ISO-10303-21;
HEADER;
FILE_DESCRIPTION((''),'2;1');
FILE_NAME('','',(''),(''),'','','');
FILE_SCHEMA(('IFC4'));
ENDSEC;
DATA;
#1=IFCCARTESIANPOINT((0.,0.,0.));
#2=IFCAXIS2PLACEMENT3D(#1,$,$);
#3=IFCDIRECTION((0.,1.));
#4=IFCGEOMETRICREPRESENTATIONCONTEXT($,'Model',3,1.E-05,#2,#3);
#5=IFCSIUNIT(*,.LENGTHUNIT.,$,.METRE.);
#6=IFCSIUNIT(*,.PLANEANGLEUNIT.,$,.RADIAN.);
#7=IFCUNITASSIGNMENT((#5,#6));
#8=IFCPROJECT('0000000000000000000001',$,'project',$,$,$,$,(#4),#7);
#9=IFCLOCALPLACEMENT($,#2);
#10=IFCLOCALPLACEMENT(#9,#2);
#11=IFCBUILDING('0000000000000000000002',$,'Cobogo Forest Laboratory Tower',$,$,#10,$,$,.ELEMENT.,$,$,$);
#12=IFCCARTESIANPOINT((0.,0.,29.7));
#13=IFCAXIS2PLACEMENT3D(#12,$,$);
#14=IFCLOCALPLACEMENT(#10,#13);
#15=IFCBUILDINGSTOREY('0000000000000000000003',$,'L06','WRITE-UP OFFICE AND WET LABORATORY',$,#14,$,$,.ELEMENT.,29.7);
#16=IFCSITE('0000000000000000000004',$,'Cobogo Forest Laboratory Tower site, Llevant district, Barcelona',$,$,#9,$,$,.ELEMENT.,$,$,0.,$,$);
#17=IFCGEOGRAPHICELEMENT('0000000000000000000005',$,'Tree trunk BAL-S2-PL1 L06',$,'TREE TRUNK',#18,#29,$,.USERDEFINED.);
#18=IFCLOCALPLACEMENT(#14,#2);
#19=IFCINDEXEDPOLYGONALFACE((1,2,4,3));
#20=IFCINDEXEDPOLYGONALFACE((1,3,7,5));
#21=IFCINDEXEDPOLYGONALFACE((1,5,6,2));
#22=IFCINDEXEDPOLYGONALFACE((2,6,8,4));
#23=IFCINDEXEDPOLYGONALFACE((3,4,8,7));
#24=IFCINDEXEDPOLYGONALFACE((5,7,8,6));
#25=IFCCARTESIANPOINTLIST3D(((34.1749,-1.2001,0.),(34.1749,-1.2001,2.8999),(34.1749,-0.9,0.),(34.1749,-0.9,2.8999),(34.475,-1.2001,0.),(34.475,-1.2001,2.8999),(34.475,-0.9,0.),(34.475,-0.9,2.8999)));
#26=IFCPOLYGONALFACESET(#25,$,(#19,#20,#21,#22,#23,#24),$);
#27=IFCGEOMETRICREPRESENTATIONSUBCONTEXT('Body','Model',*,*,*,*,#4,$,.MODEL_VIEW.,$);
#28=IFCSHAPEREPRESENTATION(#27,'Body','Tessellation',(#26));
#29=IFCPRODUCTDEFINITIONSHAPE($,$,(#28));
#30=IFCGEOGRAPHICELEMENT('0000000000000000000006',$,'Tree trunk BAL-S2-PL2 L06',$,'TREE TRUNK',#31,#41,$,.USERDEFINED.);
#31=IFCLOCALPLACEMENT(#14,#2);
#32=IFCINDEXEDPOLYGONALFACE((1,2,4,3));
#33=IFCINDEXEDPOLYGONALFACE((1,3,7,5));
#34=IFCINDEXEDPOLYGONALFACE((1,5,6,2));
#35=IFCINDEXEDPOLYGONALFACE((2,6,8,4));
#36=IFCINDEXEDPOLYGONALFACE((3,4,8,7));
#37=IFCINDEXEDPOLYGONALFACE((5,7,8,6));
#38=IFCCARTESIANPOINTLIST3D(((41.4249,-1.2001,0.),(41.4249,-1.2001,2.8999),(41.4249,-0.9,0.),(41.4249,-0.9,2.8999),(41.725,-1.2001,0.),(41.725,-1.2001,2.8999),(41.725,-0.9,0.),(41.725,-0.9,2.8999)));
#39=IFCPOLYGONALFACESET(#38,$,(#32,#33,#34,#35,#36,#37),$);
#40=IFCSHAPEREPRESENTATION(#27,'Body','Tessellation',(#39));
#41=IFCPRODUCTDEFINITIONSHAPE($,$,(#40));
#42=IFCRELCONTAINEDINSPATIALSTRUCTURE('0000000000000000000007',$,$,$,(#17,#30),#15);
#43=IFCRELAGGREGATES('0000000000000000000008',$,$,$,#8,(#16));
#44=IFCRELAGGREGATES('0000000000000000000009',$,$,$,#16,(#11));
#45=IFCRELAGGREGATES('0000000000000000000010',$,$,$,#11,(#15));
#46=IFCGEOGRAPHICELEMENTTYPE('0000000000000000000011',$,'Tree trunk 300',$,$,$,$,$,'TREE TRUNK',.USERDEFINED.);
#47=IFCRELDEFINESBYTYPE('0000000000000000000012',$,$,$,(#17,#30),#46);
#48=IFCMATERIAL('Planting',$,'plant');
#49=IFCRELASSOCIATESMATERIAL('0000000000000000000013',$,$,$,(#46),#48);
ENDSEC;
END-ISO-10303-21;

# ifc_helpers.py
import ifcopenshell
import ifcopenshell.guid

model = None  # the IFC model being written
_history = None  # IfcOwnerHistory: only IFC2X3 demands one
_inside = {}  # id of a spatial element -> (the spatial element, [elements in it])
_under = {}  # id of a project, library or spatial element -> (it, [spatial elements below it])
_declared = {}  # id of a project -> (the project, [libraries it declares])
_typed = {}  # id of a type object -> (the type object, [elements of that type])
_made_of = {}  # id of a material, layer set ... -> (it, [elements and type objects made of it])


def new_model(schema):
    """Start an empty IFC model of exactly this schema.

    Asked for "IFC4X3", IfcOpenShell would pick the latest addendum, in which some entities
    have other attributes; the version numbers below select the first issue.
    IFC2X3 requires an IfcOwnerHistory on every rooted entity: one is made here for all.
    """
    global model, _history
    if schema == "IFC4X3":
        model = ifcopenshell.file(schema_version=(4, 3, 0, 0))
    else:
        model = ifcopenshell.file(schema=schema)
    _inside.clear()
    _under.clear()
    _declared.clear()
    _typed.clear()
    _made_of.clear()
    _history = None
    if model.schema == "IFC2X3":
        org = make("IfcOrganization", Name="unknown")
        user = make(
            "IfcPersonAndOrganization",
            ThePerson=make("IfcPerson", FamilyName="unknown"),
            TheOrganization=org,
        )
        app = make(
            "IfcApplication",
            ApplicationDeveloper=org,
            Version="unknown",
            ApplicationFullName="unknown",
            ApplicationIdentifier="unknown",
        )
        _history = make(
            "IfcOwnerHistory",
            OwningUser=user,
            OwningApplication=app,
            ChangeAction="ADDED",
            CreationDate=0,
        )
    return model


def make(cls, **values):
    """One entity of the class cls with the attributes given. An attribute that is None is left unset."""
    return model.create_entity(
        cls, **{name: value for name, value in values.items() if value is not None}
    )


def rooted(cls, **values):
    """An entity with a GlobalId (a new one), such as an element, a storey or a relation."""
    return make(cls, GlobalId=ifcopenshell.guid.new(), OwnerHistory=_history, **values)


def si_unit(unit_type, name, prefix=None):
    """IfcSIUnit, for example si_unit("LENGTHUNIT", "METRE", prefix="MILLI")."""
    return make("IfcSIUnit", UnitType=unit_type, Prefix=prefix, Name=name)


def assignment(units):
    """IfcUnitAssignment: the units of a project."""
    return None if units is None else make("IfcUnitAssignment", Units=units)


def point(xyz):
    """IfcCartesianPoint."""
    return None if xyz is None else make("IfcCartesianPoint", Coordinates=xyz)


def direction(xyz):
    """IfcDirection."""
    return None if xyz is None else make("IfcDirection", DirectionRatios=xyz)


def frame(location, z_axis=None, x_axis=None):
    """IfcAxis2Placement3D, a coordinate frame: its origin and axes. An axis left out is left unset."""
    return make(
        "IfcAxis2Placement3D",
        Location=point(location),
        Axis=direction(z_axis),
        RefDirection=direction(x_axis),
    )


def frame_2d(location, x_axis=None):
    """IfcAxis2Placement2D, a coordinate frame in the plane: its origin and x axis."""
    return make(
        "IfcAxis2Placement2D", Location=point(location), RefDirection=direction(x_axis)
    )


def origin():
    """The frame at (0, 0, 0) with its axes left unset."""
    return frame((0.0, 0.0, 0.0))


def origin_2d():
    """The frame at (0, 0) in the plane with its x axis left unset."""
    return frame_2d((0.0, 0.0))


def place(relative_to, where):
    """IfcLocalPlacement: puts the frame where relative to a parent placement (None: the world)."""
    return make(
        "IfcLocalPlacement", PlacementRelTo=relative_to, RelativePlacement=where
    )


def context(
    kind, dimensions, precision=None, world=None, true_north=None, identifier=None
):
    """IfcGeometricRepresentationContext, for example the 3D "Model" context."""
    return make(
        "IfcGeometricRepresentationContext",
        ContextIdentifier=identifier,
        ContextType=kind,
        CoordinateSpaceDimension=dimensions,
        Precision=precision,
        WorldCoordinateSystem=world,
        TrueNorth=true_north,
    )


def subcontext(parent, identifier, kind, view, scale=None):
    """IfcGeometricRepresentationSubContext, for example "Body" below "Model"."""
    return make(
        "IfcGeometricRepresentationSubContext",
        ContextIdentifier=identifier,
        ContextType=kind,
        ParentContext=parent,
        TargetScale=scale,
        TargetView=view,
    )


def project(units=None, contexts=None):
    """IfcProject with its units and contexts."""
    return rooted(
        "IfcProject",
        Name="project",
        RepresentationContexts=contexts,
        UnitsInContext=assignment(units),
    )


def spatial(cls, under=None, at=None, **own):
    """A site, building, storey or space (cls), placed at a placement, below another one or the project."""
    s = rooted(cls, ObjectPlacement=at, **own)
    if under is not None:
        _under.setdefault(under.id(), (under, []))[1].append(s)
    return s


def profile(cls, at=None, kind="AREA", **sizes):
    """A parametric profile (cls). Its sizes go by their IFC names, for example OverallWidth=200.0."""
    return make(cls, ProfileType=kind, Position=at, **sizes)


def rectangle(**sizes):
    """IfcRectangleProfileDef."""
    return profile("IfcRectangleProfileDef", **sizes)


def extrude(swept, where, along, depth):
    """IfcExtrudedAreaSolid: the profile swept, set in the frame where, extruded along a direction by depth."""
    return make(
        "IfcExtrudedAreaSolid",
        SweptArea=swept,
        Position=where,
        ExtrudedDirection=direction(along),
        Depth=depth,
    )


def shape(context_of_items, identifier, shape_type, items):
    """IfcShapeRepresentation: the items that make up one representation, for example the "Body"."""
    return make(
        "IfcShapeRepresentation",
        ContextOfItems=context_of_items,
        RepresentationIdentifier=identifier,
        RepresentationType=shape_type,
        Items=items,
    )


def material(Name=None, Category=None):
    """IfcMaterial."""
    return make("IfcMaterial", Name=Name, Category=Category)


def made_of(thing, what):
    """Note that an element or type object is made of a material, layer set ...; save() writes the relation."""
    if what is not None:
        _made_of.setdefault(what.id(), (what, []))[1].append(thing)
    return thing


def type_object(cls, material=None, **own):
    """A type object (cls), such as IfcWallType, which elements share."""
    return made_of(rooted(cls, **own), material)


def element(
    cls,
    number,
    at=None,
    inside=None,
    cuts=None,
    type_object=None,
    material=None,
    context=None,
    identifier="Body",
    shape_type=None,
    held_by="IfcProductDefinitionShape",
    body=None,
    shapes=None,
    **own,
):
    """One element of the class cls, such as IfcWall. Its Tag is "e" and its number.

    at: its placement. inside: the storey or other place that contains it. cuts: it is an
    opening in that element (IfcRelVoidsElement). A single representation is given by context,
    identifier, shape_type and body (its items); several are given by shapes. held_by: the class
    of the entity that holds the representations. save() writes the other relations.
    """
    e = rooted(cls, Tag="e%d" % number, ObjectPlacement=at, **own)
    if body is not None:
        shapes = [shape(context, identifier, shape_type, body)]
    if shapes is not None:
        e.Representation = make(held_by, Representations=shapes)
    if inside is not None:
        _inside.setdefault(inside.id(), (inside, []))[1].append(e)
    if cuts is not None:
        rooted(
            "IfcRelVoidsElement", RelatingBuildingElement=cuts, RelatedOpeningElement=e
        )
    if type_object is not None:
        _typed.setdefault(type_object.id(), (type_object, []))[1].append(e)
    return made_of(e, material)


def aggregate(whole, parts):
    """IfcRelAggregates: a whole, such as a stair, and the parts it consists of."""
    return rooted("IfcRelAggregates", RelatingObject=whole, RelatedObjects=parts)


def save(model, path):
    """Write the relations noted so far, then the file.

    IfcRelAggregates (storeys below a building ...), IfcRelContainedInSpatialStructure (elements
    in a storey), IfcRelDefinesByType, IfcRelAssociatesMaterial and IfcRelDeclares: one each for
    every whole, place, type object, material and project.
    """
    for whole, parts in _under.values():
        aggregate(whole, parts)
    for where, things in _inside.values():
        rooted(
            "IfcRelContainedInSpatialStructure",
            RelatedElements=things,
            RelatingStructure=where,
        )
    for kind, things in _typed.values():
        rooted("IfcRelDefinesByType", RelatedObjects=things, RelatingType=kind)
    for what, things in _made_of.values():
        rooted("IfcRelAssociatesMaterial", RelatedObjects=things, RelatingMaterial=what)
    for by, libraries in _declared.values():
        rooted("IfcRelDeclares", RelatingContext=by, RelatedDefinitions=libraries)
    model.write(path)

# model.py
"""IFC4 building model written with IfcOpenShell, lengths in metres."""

from ifc_helpers import new_model, si_unit, direction, frame, origin, origin_2d, place, context, subcontext, project, spatial, rectangle, extrude, material, type_object, element, save


model = new_model("IFC4")

# Units and contexts
model_context = context("Model", 3, precision=1e-05, world=origin(), true_north=direction((0.0, 1.0)))
body_context = subcontext(model_context, "Body", "Model", "MODEL_VIEW")
ifc_project = project(units=[si_unit("LENGTHUNIT", "METRE"), si_unit("PLANEANGLEUNIT", "RADIAN")], contexts=[model_context])

# Site, building, storey
site_placement = place(None, origin())
site = spatial("IfcSite", under=ifc_project, at=site_placement, Name="Cobogo Forest Laboratory Tower site, Llevant district, Barcelona", CompositionType="ELEMENT", RefElevation=0.0)
building_placement = place(site_placement, origin())
building = spatial("IfcBuilding", under=site, at=building_placement, Name="Cobogo Forest Laboratory Tower", CompositionType="ELEMENT")
storey_placement = place(building_placement, frame((0.0, 0.0, 29.7)))
storey = spatial("IfcBuildingStorey", under=building, at=storey_placement, Name="L06", Description="WRITE-UP OFFICE AND WET LABORATORY", CompositionType="ELEMENT", Elevation=29.7)

# Geographic elements
ifc_material_1 = material(Name="Planting", Category="plant")
geographic_element_type = type_object("IfcGeographicElementType", Name="Tree trunk 300", ElementType="TREE TRUNK", PredefinedType="USERDEFINED", material=ifc_material_1)
for number, where, z_axis, x_axis, name in (
    (1, (34.325, -1.05, 0.0), (0.0, 0.0, 1.0), (1.0, 0.0, 0.0), "Tree trunk BAL-S2-PL1 L06"),
    (2, (41.575, -1.05, 0.0), (0.0, 0.0, 1.0), (1.0, 0.0, 0.0), "Tree trunk BAL-S2-PL2 L06"),
):
    element("IfcGeographicElement", number, at=place(storey_placement, frame(where, z_axis=z_axis, x_axis=x_axis)), inside=storey, type_object=geographic_element_type, Name=name, ObjectType="TREE TRUNK", PredefinedType="USERDEFINED", context=body_context, shape_type="SweptSolid", body=[
        extrude(rectangle(XDim=0.3, YDim=0.3, at=origin_2d()), origin(), (0.0, 0.0, 1.0), 2.8999),
    ])

save(model, "model.ifc")
